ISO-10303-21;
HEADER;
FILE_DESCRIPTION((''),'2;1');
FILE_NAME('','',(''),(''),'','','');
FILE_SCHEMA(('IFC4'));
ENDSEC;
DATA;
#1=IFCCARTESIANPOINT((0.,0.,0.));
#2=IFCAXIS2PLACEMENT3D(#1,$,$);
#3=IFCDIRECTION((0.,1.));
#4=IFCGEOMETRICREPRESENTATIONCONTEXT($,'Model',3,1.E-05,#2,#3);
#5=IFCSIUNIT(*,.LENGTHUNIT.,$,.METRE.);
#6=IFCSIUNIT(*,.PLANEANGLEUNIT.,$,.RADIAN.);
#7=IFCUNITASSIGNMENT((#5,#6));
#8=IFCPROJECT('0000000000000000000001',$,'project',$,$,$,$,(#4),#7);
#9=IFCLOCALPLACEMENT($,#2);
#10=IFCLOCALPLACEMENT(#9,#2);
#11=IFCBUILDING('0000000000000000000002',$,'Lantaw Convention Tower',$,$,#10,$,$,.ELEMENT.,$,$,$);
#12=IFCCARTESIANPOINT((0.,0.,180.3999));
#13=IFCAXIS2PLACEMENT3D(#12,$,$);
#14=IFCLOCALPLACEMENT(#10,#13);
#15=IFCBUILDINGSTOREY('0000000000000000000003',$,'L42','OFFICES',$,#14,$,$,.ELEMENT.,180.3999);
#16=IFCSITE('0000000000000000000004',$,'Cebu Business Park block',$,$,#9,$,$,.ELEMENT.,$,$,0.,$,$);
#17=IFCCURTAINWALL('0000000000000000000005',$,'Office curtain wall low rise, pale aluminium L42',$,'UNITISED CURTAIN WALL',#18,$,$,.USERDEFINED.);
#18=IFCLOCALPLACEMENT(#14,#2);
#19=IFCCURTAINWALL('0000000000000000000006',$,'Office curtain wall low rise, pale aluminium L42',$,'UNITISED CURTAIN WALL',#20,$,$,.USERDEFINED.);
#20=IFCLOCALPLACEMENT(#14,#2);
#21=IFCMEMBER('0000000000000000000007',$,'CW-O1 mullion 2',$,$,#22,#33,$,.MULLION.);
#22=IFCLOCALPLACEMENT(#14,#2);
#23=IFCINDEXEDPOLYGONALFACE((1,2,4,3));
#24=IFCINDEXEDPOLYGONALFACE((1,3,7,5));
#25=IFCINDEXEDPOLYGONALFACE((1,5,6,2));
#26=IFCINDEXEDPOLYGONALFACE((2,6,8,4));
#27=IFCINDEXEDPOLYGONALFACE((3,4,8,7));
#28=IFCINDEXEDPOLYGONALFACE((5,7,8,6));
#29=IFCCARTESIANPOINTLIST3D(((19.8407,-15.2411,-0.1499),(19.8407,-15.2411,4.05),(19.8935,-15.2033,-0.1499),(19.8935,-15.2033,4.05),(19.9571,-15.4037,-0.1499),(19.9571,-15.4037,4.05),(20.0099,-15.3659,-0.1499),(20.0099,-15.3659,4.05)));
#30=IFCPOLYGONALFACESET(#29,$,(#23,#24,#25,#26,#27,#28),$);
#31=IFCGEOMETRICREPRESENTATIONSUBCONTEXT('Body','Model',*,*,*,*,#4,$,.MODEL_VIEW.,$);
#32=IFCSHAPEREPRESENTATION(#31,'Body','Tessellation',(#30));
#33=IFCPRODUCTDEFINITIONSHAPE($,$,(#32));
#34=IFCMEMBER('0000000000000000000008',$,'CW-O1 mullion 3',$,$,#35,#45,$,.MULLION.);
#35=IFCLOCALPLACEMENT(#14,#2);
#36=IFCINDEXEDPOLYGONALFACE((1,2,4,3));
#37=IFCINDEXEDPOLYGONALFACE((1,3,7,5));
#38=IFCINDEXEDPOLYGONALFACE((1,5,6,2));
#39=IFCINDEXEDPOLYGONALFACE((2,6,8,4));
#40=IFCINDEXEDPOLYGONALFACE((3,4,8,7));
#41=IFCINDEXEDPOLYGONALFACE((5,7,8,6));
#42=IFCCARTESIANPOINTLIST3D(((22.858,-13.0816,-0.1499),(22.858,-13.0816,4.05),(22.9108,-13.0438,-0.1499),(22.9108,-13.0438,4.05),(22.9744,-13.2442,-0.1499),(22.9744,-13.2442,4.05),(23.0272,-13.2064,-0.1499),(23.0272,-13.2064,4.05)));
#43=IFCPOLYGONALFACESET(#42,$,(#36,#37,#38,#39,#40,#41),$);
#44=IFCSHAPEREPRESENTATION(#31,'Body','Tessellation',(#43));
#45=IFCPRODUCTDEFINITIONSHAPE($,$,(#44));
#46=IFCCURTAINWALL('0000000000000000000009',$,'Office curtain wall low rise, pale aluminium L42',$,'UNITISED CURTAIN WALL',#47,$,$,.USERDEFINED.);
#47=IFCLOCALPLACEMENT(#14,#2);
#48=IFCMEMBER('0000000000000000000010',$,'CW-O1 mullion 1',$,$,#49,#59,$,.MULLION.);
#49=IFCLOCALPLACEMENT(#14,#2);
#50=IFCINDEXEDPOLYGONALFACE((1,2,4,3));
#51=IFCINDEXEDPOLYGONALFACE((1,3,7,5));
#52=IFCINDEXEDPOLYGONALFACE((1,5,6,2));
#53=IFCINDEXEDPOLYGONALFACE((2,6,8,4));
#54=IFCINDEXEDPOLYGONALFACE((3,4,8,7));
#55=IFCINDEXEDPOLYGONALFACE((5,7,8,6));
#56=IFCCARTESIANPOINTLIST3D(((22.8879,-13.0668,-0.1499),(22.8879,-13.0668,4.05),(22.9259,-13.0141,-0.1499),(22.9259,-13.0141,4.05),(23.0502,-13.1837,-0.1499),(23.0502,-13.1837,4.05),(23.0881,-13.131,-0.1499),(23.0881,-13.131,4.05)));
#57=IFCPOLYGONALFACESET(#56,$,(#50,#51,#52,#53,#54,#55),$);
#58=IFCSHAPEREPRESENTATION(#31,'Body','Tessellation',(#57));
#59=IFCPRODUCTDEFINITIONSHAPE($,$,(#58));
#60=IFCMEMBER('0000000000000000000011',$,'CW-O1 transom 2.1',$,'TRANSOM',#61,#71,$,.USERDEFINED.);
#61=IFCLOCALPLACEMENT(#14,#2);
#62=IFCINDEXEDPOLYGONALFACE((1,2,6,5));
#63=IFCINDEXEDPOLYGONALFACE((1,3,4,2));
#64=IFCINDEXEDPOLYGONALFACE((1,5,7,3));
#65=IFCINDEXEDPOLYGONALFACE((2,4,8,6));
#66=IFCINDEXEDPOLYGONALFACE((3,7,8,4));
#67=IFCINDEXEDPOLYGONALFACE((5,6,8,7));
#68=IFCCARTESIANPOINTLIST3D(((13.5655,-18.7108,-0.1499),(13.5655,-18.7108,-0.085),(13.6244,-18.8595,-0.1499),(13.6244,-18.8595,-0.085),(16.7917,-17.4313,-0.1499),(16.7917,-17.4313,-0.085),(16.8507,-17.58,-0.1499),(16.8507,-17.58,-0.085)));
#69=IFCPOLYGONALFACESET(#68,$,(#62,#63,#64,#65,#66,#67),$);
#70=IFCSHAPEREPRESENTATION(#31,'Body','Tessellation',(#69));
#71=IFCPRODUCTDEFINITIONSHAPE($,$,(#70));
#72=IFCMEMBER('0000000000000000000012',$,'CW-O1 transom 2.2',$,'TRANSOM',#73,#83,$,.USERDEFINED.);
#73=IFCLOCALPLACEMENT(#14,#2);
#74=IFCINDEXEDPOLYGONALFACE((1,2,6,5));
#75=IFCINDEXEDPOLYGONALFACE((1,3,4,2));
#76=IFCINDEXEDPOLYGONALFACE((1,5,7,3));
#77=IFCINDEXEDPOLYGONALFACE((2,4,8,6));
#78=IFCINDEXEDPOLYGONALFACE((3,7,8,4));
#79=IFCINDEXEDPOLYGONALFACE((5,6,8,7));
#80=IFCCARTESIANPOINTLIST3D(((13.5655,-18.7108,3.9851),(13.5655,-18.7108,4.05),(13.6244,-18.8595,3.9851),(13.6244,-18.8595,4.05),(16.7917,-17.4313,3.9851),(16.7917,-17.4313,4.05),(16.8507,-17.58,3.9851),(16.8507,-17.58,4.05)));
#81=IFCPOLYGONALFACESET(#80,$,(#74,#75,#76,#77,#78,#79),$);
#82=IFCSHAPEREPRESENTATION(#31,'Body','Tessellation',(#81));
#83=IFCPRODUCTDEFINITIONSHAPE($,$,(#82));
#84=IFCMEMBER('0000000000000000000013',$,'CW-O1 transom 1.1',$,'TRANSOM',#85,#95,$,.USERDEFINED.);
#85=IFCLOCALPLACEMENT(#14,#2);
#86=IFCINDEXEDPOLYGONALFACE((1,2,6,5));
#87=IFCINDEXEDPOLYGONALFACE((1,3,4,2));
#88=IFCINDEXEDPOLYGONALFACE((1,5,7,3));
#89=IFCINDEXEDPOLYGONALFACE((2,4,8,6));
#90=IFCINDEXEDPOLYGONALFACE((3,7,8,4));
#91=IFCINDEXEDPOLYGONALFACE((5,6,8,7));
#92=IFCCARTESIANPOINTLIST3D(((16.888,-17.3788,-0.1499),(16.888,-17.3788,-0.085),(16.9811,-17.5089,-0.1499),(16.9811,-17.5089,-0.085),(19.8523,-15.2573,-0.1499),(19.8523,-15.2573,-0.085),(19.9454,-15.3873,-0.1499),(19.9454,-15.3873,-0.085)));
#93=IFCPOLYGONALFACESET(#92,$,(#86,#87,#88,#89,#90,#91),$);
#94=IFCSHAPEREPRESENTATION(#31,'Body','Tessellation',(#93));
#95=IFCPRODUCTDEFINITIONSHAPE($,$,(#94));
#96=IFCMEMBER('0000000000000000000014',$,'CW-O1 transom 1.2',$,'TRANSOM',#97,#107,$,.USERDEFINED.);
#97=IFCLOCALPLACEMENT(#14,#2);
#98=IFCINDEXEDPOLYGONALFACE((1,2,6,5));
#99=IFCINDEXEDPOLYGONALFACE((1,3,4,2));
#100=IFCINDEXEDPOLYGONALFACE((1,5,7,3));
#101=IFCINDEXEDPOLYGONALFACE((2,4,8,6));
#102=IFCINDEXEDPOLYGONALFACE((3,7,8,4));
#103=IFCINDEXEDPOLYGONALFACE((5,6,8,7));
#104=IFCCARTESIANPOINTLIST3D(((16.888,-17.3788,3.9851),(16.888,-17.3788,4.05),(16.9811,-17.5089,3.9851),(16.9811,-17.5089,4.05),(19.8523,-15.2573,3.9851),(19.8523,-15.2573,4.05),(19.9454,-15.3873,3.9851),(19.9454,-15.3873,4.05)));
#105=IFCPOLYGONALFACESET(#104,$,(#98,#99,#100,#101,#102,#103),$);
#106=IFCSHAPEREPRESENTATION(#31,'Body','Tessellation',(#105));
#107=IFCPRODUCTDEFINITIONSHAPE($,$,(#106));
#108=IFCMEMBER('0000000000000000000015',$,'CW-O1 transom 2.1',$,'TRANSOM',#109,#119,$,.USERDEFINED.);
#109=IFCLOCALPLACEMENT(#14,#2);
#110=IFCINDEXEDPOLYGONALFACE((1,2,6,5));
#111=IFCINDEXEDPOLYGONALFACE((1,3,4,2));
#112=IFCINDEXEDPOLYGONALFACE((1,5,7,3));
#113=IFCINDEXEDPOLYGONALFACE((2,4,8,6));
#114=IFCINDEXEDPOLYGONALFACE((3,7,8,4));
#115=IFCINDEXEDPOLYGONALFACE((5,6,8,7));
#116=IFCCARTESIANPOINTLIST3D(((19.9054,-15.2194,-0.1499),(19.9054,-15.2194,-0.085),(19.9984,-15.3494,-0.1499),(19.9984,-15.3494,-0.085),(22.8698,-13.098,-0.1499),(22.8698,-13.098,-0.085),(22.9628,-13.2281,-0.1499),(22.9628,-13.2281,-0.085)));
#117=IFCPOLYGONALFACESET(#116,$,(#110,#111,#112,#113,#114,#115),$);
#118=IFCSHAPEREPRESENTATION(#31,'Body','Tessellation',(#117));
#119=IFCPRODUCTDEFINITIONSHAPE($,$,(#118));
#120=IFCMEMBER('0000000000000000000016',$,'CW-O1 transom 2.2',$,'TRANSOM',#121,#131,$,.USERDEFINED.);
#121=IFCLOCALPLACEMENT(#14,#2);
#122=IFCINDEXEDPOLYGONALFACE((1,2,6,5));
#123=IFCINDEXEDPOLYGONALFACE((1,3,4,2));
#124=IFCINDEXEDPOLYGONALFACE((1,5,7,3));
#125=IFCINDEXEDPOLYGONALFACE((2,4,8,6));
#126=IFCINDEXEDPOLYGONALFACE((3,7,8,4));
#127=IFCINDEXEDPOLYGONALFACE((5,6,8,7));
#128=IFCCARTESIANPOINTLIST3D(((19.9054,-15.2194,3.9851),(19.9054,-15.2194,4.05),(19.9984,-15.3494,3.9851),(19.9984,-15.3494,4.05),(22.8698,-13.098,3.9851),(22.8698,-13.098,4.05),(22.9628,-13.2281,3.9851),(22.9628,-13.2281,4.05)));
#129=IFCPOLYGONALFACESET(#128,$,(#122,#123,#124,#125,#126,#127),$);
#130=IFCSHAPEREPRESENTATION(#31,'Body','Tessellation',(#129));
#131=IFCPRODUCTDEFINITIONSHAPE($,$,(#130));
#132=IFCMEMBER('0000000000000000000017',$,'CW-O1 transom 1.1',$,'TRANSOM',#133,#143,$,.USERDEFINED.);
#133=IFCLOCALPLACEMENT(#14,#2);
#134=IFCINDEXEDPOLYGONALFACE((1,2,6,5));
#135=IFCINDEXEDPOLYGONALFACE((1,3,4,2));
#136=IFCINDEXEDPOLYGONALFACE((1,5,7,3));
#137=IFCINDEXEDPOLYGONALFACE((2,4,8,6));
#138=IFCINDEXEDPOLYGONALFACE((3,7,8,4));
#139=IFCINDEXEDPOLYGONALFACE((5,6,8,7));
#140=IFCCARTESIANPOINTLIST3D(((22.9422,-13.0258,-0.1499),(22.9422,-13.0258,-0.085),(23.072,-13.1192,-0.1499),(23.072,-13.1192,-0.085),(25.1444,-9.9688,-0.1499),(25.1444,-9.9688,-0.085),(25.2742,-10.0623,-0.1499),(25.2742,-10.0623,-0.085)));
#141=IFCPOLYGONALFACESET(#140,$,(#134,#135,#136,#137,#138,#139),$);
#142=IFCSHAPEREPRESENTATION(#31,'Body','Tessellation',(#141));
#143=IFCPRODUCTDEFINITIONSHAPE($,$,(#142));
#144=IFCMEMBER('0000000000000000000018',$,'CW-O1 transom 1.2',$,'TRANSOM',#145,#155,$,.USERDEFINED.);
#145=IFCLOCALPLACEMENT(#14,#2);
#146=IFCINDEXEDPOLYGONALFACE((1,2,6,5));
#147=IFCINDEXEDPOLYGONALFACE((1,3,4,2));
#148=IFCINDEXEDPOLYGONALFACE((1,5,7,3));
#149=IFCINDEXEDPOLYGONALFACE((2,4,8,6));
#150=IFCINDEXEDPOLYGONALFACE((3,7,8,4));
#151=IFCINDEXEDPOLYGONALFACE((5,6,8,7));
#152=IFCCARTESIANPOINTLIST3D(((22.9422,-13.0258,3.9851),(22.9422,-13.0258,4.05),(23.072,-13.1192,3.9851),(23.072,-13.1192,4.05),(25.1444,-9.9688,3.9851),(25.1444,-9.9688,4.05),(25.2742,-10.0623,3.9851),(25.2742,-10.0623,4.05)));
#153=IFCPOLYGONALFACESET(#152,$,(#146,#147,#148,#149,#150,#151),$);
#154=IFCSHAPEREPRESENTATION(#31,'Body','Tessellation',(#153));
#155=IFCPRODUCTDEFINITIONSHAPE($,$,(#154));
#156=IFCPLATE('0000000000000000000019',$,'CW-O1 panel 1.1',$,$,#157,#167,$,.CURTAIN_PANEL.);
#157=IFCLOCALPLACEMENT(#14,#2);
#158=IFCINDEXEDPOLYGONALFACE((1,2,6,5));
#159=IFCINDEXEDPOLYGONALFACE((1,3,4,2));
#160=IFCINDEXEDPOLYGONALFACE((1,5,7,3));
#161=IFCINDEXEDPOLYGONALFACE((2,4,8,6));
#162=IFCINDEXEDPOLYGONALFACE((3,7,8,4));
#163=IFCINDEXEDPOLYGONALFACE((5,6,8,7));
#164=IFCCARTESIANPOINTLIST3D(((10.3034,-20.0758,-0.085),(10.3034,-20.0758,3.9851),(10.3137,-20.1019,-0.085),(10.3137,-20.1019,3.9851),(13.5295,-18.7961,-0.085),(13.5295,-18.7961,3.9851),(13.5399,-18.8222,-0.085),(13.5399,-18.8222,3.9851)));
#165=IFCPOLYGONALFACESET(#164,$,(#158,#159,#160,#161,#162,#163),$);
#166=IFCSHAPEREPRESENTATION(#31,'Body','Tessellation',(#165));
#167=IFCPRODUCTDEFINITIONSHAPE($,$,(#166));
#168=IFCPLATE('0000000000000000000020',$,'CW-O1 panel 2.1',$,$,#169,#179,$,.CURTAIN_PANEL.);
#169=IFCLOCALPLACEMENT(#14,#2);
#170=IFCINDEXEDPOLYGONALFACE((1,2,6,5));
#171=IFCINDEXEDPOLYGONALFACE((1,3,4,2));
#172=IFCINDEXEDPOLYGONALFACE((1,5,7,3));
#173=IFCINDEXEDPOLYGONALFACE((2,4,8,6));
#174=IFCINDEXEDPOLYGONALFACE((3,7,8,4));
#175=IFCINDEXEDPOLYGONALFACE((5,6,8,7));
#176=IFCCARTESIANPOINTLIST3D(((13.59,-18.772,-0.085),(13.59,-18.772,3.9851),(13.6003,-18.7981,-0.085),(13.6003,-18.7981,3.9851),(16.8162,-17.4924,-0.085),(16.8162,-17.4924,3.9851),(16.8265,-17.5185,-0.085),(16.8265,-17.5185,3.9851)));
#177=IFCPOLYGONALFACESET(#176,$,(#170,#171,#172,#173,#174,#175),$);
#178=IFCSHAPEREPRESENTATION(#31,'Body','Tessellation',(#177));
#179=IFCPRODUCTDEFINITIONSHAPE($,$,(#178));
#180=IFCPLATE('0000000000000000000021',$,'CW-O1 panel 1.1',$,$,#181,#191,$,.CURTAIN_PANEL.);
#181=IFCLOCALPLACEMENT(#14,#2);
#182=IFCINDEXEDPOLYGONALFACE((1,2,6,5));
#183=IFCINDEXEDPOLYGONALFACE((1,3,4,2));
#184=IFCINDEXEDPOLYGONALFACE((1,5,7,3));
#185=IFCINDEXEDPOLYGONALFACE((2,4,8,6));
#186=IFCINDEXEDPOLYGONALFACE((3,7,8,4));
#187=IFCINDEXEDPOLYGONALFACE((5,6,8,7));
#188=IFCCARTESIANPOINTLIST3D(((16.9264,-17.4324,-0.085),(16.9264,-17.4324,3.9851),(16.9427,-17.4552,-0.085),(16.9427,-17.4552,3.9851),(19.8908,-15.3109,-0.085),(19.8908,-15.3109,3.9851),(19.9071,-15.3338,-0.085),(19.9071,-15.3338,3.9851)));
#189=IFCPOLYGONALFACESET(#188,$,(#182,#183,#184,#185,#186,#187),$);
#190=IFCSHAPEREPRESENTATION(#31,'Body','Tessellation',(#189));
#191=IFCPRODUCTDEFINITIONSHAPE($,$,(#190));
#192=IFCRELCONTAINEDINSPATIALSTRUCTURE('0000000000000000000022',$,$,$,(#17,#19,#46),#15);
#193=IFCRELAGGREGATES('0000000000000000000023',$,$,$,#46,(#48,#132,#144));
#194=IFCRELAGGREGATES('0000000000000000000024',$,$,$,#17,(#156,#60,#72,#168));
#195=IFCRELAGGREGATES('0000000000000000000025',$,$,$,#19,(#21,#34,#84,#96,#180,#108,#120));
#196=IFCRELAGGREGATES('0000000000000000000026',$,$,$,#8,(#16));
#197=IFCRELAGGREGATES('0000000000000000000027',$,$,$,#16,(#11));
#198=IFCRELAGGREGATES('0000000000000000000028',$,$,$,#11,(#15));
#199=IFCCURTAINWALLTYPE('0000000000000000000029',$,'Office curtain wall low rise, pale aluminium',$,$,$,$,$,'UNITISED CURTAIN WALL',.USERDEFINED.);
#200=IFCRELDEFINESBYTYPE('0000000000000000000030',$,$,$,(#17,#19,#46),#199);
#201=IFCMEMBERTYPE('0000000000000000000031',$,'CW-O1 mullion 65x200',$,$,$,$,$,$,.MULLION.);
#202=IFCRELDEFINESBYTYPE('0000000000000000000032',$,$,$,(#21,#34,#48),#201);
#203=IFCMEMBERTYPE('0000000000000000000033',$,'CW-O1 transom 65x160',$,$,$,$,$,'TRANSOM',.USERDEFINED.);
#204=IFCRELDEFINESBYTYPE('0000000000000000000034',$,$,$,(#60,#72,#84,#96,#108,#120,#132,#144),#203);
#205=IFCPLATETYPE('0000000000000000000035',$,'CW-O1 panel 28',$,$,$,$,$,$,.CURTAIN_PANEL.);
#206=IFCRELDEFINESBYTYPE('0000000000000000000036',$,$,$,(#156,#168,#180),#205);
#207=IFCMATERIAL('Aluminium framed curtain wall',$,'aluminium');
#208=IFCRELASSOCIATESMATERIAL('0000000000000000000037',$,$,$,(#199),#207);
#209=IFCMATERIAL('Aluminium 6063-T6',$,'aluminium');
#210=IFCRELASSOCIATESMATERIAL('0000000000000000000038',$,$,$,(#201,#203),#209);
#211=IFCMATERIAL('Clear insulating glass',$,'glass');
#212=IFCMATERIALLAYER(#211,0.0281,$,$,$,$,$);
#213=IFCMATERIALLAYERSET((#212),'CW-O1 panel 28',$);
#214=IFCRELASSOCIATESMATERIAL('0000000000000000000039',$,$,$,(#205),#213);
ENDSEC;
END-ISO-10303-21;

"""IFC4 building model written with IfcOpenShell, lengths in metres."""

from ifc_helpers import new_model, si_unit, direction, frame, origin, origin_2d, place, context, subcontext, project, spatial, rectangle, extrude, material, layer, layer_set, material_profile, profile_set, type_object, element, aggregate, save


model = new_model("IFC4")

# Units and contexts
model_context = context("Model", 3, precision=1e-05, world=origin(), true_north=direction((0.0, 1.0)))
body_context = subcontext(model_context, "Body", "Model", "MODEL_VIEW")
ifc_project = project(units=[si_unit("LENGTHUNIT", "METRE"), si_unit("PLANEANGLEUNIT", "RADIAN")], contexts=[model_context])

# Site, building, storey
site_placement = place(None, origin())
site = spatial("IfcSite", under=ifc_project, at=site_placement, Name="Cebu Business Park block", CompositionType="ELEMENT", RefElevation=0.0)
building_placement = place(site_placement, origin())
building = spatial("IfcBuilding", under=site, at=building_placement, Name="Lantaw Convention Tower", CompositionType="ELEMENT")
storey_placement = place(building_placement, frame((0.0, 0.0, 180.3999)))
storey = spatial("IfcBuildingStorey", under=building, at=storey_placement, Name="L42", Description="OFFICES", CompositionType="ELEMENT", Elevation=180.3999)

# Curtain walls, members
ifc_material_1 = material(Name="Aluminium framed curtain wall", Category="aluminium")
curtain_wall_type = type_object("IfcCurtainWallType", Name="Office curtain wall low rise, pale aluminium", ElementType="UNITISED CURTAIN WALL", PredefinedType="USERDEFINED", material=ifc_material_1)
curtain_wall_1_placement = place(storey_placement, origin())
curtain_wall_1 = element("IfcCurtainWall", 1, at=curtain_wall_1_placement, inside=storey, type_object=curtain_wall_type, Name="Office curtain wall low rise, pale aluminium L42", ObjectType="UNITISED CURTAIN WALL", PredefinedType="USERDEFINED")
ifc_material_2 = material(Name="Aluminium 6063-T6", Category="aluminium")
ifc_material_profile_1 = material_profile(ifc_material_2, rectangle(XDim=0.2, YDim=0.0649, at=origin_2d()), Name="CW-O1 mullion 65x200")
ifc_profile_set_1 = profile_set([ifc_material_profile_1], Name="Aluminium 6063-T6")
member_type_1 = type_object("IfcMemberType", Name="CW-O1 mullion 65x200", PredefinedType="MULLION", material=ifc_profile_set_1)
curtain_wall_2_placement = place(storey_placement, origin())
curtain_wall_2 = element("IfcCurtainWall", 2, at=curtain_wall_2_placement, inside=storey, type_object=curtain_wall_type, Name="Office curtain wall low rise, pale aluminium L42", ObjectType="UNITISED CURTAIN WALL", PredefinedType="USERDEFINED")
member_1_placement = place(storey_placement, frame((19.9253, -15.3035, -0.1499), z_axis=(0.0, 0.0, 1.0), x_axis=(-0.581973, 0.813208, 0.0)))
member_1 = element("IfcMember", 3, at=member_1_placement, type_object=member_type_1, Name="CW-O1 mullion 2", PredefinedType="MULLION", context=body_context, shape_type="SweptSolid", body=[
    extrude(rectangle(XDim=0.2, YDim=0.0649, at=origin_2d()), origin(), (0.0, 0.0, 1.0), 4.2),
])
member_2_placement = place(storey_placement, frame((22.9426, -13.144, -0.1499), z_axis=(0.0, 0.0, 1.0), x_axis=(-0.581973, 0.813208, 0.0)))
member_2 = element("IfcMember", 4, at=member_2_placement, type_object=member_type_1, Name="CW-O1 mullion 3", PredefinedType="MULLION", context=body_context, shape_type="SweptSolid", body=[
    extrude(rectangle(XDim=0.2, YDim=0.0649, at=origin_2d()), origin(), (0.0, 0.0, 1.0), 4.2),
])

# Curtain wall, member
curtain_wall_3_placement = place(storey_placement, origin())
curtain_wall_3 = element("IfcCurtainWall", 5, at=curtain_wall_3_placement, inside=storey, type_object=curtain_wall_type, Name="Office curtain wall low rise, pale aluminium L42", ObjectType="UNITISED CURTAIN WALL", PredefinedType="USERDEFINED")
member_3_placement = place(storey_placement, frame((22.988, -13.0989, -0.1499), z_axis=(0.0, 0.0, 1.0), x_axis=(-0.811385, 0.584513, 0.0)))
member_3 = element("IfcMember", 6, at=member_3_placement, type_object=member_type_1, Name="CW-O1 mullion 1", PredefinedType="MULLION", context=body_context, shape_type="SweptSolid", body=[
    extrude(rectangle(XDim=0.2, YDim=0.0649, at=origin_2d()), origin(), (0.0, 0.0, 1.0), 4.2),
])

# Members
ifc_material_profile_2 = material_profile(ifc_material_2, rectangle(XDim=0.1599, YDim=0.0649, at=origin_2d()), Name="CW-O1 transom 65x160")
ifc_profile_set_2 = profile_set([ifc_material_profile_2], Name="Aluminium 6063-T6")
member_type_2 = type_object("IfcMemberType", Name="CW-O1 transom 65x160", ElementType="TRANSOM", PredefinedType="USERDEFINED", material=ifc_profile_set_2)
member_4_placement = place(storey_placement, frame((13.595, -18.7852, -0.1174), z_axis=(0.929564, 0.36866, 0.0), x_axis=(-0.36866, 0.929564, 0.0)))
member_4 = element("IfcMember", 7, at=member_4_placement, type_object=member_type_2, Name="CW-O1 transom 2.1", ObjectType="TRANSOM", PredefinedType="USERDEFINED", context=body_context, shape_type="SweptSolid", body=[
    extrude(rectangle(XDim=0.1599, YDim=0.0649, at=origin_2d()), origin(), (0.0, 0.0, 1.0), 3.4707),
])
member_5_placement = place(storey_placement, frame((13.595, -18.7852, 4.0176), z_axis=(0.929564, 0.36866, 0.0), x_axis=(-0.36866, 0.929564, 0.0)))
member_5 = element("IfcMember", 8, at=member_5_placement, type_object=member_type_2, Name="CW-O1 transom 2.2", ObjectType="TRANSOM", PredefinedType="USERDEFINED", context=body_context, shape_type="SweptSolid", body=[
    extrude(rectangle(XDim=0.1599, YDim=0.0649, at=origin_2d()), origin(), (0.0, 0.0, 1.0), 3.4707),
])
member_6_placement = place(storey_placement, frame((16.9346, -17.4438, -0.1174), z_axis=(0.81319, 0.581998, 0.0), x_axis=(-0.581998, 0.81319, 0.0)))
member_6 = element("IfcMember", 9, at=member_6_placement, type_object=member_type_2, Name="CW-O1 transom 1.1", ObjectType="TRANSOM", PredefinedType="USERDEFINED", context=body_context, shape_type="SweptSolid", body=[
    extrude(rectangle(XDim=0.1599, YDim=0.0649, at=origin_2d()), origin(), (0.0, 0.0, 1.0), 3.6453),
])
member_7_placement = place(storey_placement, frame((16.9346, -17.4438, 4.0176), z_axis=(0.81319, 0.581998, 0.0), x_axis=(-0.581998, 0.81319, 0.0)))
member_7 = element("IfcMember", 10, at=member_7_placement, type_object=member_type_2, Name="CW-O1 transom 1.2", ObjectType="TRANSOM", PredefinedType="USERDEFINED", context=body_context, shape_type="SweptSolid", body=[
    extrude(rectangle(XDim=0.1599, YDim=0.0649, at=origin_2d()), origin(), (0.0, 0.0, 1.0), 3.6453),
])
member_8_placement = place(storey_placement, frame((19.9519, -15.2844, -0.1174), z_axis=(0.813222, 0.581954, 0.0), x_axis=(-0.581954, 0.813222, 0.0)))
member_8 = element("IfcMember", 11, at=member_8_placement, type_object=member_type_2, Name="CW-O1 transom 2.1", ObjectType="TRANSOM", PredefinedType="USERDEFINED", context=body_context, shape_type="SweptSolid", body=[
    extrude(rectangle(XDim=0.1599, YDim=0.0649, at=origin_2d()), origin(), (0.0, 0.0, 1.0), 3.6453),
])
member_9_placement = place(storey_placement, frame((19.9519, -15.2844, 4.0176), z_axis=(0.813222, 0.581954, 0.0), x_axis=(-0.581954, 0.813222, 0.0)))
member_9 = element("IfcMember", 12, at=member_9_placement, type_object=member_type_2, Name="CW-O1 transom 2.2", ObjectType="TRANSOM", PredefinedType="USERDEFINED", context=body_context, shape_type="SweptSolid", body=[
    extrude(rectangle(XDim=0.1599, YDim=0.0649, at=origin_2d()), origin(), (0.0, 0.0, 1.0), 3.6453),
])
member_10_placement = place(storey_placement, frame((23.0071, -13.0725, -0.1174), z_axis=(0.584513, 0.811384, 0.0), x_axis=(-0.811384, 0.584513, 0.0)))
member_10 = element("IfcMember", 13, at=member_10_placement, type_object=member_type_2, Name="CW-O1 transom 1.1", ObjectType="TRANSOM", PredefinedType="USERDEFINED", context=body_context, shape_type="SweptSolid", body=[
    extrude(rectangle(XDim=0.1599, YDim=0.0649, at=origin_2d()), origin(), (0.0, 0.0, 1.0), 3.7676),
])
member_11_placement = place(storey_placement, frame((23.0071, -13.0725, 4.0176), z_axis=(0.584513, 0.811384, 0.0), x_axis=(-0.811384, 0.584513, 0.0)))
member_11 = element("IfcMember", 14, at=member_11_placement, type_object=member_type_2, Name="CW-O1 transom 1.2", ObjectType="TRANSOM", PredefinedType="USERDEFINED", context=body_context, shape_type="SweptSolid", body=[
    extrude(rectangle(XDim=0.1599, YDim=0.0649, at=origin_2d()), origin(), (0.0, 0.0, 1.0), 3.7676),
])
aggregate(curtain_wall_3, [member_3, member_10, member_11])

# Plates
ifc_material_3 = material(Name="Clear insulating glass", Category="glass")
ifc_layer_1 = layer(ifc_material_3, 0.0281)
ifc_layer_set_1 = layer_set([ifc_layer_1], Name="CW-O1 panel 28")
plate_type_1 = type_object("IfcPlateType", Name="CW-O1 panel 28", PredefinedType="CURTAIN_PANEL", material=ifc_layer_set_1)
plate_1_placement = place(storey_placement, frame((11.9216, -19.449, -0.085), z_axis=(0.0, 0.0, 1.0), x_axis=(0.929548, 0.368702, 0.0)))
plate_1 = element("IfcPlate", 15, at=plate_1_placement, type_object=plate_type_1, Name="CW-O1 panel 1.1", PredefinedType="CURTAIN_PANEL", context=body_context, shape_type="SweptSolid", body=[
    extrude(rectangle(XDim=3.4707, YDim=0.0281, at=origin_2d()), origin(), (0.0, 0.0, 1.0), 4.0701),
])
plate_2_placement = place(storey_placement, frame((15.2083, -18.1453, -0.085), z_axis=(0.0, 0.0, 1.0), x_axis=(0.929548, 0.368702, 0.0)))
plate_2 = element("IfcPlate", 16, at=plate_2_placement, type_object=plate_type_1, Name="CW-O1 panel 2.1", PredefinedType="CURTAIN_PANEL", context=body_context, shape_type="SweptSolid", body=[
    extrude(rectangle(XDim=3.4707, YDim=0.0281, at=origin_2d()), origin(), (0.0, 0.0, 1.0), 4.0701),
])
aggregate(curtain_wall_1, [plate_1, member_4, member_5, plate_2])
plate_3_placement = place(storey_placement, frame((18.4167, -16.3831, -0.085), z_axis=(0.0, 0.0, 1.0), x_axis=(0.813208, 0.581973, 0.0)))
plate_3 = element("IfcPlate", 17, at=plate_3_placement, type_object=plate_type_1, Name="CW-O1 panel 1.1", PredefinedType="CURTAIN_PANEL", context=body_context, shape_type="SweptSolid", body=[
    extrude(rectangle(XDim=3.6453, YDim=0.0281, at=origin_2d()), origin(), (0.0, 0.0, 1.0), 4.0701),
])
aggregate(curtain_wall_2, [member_1, member_2, member_6, member_7, plate_3, member_8, member_9])

save(model, "model.ifc")
